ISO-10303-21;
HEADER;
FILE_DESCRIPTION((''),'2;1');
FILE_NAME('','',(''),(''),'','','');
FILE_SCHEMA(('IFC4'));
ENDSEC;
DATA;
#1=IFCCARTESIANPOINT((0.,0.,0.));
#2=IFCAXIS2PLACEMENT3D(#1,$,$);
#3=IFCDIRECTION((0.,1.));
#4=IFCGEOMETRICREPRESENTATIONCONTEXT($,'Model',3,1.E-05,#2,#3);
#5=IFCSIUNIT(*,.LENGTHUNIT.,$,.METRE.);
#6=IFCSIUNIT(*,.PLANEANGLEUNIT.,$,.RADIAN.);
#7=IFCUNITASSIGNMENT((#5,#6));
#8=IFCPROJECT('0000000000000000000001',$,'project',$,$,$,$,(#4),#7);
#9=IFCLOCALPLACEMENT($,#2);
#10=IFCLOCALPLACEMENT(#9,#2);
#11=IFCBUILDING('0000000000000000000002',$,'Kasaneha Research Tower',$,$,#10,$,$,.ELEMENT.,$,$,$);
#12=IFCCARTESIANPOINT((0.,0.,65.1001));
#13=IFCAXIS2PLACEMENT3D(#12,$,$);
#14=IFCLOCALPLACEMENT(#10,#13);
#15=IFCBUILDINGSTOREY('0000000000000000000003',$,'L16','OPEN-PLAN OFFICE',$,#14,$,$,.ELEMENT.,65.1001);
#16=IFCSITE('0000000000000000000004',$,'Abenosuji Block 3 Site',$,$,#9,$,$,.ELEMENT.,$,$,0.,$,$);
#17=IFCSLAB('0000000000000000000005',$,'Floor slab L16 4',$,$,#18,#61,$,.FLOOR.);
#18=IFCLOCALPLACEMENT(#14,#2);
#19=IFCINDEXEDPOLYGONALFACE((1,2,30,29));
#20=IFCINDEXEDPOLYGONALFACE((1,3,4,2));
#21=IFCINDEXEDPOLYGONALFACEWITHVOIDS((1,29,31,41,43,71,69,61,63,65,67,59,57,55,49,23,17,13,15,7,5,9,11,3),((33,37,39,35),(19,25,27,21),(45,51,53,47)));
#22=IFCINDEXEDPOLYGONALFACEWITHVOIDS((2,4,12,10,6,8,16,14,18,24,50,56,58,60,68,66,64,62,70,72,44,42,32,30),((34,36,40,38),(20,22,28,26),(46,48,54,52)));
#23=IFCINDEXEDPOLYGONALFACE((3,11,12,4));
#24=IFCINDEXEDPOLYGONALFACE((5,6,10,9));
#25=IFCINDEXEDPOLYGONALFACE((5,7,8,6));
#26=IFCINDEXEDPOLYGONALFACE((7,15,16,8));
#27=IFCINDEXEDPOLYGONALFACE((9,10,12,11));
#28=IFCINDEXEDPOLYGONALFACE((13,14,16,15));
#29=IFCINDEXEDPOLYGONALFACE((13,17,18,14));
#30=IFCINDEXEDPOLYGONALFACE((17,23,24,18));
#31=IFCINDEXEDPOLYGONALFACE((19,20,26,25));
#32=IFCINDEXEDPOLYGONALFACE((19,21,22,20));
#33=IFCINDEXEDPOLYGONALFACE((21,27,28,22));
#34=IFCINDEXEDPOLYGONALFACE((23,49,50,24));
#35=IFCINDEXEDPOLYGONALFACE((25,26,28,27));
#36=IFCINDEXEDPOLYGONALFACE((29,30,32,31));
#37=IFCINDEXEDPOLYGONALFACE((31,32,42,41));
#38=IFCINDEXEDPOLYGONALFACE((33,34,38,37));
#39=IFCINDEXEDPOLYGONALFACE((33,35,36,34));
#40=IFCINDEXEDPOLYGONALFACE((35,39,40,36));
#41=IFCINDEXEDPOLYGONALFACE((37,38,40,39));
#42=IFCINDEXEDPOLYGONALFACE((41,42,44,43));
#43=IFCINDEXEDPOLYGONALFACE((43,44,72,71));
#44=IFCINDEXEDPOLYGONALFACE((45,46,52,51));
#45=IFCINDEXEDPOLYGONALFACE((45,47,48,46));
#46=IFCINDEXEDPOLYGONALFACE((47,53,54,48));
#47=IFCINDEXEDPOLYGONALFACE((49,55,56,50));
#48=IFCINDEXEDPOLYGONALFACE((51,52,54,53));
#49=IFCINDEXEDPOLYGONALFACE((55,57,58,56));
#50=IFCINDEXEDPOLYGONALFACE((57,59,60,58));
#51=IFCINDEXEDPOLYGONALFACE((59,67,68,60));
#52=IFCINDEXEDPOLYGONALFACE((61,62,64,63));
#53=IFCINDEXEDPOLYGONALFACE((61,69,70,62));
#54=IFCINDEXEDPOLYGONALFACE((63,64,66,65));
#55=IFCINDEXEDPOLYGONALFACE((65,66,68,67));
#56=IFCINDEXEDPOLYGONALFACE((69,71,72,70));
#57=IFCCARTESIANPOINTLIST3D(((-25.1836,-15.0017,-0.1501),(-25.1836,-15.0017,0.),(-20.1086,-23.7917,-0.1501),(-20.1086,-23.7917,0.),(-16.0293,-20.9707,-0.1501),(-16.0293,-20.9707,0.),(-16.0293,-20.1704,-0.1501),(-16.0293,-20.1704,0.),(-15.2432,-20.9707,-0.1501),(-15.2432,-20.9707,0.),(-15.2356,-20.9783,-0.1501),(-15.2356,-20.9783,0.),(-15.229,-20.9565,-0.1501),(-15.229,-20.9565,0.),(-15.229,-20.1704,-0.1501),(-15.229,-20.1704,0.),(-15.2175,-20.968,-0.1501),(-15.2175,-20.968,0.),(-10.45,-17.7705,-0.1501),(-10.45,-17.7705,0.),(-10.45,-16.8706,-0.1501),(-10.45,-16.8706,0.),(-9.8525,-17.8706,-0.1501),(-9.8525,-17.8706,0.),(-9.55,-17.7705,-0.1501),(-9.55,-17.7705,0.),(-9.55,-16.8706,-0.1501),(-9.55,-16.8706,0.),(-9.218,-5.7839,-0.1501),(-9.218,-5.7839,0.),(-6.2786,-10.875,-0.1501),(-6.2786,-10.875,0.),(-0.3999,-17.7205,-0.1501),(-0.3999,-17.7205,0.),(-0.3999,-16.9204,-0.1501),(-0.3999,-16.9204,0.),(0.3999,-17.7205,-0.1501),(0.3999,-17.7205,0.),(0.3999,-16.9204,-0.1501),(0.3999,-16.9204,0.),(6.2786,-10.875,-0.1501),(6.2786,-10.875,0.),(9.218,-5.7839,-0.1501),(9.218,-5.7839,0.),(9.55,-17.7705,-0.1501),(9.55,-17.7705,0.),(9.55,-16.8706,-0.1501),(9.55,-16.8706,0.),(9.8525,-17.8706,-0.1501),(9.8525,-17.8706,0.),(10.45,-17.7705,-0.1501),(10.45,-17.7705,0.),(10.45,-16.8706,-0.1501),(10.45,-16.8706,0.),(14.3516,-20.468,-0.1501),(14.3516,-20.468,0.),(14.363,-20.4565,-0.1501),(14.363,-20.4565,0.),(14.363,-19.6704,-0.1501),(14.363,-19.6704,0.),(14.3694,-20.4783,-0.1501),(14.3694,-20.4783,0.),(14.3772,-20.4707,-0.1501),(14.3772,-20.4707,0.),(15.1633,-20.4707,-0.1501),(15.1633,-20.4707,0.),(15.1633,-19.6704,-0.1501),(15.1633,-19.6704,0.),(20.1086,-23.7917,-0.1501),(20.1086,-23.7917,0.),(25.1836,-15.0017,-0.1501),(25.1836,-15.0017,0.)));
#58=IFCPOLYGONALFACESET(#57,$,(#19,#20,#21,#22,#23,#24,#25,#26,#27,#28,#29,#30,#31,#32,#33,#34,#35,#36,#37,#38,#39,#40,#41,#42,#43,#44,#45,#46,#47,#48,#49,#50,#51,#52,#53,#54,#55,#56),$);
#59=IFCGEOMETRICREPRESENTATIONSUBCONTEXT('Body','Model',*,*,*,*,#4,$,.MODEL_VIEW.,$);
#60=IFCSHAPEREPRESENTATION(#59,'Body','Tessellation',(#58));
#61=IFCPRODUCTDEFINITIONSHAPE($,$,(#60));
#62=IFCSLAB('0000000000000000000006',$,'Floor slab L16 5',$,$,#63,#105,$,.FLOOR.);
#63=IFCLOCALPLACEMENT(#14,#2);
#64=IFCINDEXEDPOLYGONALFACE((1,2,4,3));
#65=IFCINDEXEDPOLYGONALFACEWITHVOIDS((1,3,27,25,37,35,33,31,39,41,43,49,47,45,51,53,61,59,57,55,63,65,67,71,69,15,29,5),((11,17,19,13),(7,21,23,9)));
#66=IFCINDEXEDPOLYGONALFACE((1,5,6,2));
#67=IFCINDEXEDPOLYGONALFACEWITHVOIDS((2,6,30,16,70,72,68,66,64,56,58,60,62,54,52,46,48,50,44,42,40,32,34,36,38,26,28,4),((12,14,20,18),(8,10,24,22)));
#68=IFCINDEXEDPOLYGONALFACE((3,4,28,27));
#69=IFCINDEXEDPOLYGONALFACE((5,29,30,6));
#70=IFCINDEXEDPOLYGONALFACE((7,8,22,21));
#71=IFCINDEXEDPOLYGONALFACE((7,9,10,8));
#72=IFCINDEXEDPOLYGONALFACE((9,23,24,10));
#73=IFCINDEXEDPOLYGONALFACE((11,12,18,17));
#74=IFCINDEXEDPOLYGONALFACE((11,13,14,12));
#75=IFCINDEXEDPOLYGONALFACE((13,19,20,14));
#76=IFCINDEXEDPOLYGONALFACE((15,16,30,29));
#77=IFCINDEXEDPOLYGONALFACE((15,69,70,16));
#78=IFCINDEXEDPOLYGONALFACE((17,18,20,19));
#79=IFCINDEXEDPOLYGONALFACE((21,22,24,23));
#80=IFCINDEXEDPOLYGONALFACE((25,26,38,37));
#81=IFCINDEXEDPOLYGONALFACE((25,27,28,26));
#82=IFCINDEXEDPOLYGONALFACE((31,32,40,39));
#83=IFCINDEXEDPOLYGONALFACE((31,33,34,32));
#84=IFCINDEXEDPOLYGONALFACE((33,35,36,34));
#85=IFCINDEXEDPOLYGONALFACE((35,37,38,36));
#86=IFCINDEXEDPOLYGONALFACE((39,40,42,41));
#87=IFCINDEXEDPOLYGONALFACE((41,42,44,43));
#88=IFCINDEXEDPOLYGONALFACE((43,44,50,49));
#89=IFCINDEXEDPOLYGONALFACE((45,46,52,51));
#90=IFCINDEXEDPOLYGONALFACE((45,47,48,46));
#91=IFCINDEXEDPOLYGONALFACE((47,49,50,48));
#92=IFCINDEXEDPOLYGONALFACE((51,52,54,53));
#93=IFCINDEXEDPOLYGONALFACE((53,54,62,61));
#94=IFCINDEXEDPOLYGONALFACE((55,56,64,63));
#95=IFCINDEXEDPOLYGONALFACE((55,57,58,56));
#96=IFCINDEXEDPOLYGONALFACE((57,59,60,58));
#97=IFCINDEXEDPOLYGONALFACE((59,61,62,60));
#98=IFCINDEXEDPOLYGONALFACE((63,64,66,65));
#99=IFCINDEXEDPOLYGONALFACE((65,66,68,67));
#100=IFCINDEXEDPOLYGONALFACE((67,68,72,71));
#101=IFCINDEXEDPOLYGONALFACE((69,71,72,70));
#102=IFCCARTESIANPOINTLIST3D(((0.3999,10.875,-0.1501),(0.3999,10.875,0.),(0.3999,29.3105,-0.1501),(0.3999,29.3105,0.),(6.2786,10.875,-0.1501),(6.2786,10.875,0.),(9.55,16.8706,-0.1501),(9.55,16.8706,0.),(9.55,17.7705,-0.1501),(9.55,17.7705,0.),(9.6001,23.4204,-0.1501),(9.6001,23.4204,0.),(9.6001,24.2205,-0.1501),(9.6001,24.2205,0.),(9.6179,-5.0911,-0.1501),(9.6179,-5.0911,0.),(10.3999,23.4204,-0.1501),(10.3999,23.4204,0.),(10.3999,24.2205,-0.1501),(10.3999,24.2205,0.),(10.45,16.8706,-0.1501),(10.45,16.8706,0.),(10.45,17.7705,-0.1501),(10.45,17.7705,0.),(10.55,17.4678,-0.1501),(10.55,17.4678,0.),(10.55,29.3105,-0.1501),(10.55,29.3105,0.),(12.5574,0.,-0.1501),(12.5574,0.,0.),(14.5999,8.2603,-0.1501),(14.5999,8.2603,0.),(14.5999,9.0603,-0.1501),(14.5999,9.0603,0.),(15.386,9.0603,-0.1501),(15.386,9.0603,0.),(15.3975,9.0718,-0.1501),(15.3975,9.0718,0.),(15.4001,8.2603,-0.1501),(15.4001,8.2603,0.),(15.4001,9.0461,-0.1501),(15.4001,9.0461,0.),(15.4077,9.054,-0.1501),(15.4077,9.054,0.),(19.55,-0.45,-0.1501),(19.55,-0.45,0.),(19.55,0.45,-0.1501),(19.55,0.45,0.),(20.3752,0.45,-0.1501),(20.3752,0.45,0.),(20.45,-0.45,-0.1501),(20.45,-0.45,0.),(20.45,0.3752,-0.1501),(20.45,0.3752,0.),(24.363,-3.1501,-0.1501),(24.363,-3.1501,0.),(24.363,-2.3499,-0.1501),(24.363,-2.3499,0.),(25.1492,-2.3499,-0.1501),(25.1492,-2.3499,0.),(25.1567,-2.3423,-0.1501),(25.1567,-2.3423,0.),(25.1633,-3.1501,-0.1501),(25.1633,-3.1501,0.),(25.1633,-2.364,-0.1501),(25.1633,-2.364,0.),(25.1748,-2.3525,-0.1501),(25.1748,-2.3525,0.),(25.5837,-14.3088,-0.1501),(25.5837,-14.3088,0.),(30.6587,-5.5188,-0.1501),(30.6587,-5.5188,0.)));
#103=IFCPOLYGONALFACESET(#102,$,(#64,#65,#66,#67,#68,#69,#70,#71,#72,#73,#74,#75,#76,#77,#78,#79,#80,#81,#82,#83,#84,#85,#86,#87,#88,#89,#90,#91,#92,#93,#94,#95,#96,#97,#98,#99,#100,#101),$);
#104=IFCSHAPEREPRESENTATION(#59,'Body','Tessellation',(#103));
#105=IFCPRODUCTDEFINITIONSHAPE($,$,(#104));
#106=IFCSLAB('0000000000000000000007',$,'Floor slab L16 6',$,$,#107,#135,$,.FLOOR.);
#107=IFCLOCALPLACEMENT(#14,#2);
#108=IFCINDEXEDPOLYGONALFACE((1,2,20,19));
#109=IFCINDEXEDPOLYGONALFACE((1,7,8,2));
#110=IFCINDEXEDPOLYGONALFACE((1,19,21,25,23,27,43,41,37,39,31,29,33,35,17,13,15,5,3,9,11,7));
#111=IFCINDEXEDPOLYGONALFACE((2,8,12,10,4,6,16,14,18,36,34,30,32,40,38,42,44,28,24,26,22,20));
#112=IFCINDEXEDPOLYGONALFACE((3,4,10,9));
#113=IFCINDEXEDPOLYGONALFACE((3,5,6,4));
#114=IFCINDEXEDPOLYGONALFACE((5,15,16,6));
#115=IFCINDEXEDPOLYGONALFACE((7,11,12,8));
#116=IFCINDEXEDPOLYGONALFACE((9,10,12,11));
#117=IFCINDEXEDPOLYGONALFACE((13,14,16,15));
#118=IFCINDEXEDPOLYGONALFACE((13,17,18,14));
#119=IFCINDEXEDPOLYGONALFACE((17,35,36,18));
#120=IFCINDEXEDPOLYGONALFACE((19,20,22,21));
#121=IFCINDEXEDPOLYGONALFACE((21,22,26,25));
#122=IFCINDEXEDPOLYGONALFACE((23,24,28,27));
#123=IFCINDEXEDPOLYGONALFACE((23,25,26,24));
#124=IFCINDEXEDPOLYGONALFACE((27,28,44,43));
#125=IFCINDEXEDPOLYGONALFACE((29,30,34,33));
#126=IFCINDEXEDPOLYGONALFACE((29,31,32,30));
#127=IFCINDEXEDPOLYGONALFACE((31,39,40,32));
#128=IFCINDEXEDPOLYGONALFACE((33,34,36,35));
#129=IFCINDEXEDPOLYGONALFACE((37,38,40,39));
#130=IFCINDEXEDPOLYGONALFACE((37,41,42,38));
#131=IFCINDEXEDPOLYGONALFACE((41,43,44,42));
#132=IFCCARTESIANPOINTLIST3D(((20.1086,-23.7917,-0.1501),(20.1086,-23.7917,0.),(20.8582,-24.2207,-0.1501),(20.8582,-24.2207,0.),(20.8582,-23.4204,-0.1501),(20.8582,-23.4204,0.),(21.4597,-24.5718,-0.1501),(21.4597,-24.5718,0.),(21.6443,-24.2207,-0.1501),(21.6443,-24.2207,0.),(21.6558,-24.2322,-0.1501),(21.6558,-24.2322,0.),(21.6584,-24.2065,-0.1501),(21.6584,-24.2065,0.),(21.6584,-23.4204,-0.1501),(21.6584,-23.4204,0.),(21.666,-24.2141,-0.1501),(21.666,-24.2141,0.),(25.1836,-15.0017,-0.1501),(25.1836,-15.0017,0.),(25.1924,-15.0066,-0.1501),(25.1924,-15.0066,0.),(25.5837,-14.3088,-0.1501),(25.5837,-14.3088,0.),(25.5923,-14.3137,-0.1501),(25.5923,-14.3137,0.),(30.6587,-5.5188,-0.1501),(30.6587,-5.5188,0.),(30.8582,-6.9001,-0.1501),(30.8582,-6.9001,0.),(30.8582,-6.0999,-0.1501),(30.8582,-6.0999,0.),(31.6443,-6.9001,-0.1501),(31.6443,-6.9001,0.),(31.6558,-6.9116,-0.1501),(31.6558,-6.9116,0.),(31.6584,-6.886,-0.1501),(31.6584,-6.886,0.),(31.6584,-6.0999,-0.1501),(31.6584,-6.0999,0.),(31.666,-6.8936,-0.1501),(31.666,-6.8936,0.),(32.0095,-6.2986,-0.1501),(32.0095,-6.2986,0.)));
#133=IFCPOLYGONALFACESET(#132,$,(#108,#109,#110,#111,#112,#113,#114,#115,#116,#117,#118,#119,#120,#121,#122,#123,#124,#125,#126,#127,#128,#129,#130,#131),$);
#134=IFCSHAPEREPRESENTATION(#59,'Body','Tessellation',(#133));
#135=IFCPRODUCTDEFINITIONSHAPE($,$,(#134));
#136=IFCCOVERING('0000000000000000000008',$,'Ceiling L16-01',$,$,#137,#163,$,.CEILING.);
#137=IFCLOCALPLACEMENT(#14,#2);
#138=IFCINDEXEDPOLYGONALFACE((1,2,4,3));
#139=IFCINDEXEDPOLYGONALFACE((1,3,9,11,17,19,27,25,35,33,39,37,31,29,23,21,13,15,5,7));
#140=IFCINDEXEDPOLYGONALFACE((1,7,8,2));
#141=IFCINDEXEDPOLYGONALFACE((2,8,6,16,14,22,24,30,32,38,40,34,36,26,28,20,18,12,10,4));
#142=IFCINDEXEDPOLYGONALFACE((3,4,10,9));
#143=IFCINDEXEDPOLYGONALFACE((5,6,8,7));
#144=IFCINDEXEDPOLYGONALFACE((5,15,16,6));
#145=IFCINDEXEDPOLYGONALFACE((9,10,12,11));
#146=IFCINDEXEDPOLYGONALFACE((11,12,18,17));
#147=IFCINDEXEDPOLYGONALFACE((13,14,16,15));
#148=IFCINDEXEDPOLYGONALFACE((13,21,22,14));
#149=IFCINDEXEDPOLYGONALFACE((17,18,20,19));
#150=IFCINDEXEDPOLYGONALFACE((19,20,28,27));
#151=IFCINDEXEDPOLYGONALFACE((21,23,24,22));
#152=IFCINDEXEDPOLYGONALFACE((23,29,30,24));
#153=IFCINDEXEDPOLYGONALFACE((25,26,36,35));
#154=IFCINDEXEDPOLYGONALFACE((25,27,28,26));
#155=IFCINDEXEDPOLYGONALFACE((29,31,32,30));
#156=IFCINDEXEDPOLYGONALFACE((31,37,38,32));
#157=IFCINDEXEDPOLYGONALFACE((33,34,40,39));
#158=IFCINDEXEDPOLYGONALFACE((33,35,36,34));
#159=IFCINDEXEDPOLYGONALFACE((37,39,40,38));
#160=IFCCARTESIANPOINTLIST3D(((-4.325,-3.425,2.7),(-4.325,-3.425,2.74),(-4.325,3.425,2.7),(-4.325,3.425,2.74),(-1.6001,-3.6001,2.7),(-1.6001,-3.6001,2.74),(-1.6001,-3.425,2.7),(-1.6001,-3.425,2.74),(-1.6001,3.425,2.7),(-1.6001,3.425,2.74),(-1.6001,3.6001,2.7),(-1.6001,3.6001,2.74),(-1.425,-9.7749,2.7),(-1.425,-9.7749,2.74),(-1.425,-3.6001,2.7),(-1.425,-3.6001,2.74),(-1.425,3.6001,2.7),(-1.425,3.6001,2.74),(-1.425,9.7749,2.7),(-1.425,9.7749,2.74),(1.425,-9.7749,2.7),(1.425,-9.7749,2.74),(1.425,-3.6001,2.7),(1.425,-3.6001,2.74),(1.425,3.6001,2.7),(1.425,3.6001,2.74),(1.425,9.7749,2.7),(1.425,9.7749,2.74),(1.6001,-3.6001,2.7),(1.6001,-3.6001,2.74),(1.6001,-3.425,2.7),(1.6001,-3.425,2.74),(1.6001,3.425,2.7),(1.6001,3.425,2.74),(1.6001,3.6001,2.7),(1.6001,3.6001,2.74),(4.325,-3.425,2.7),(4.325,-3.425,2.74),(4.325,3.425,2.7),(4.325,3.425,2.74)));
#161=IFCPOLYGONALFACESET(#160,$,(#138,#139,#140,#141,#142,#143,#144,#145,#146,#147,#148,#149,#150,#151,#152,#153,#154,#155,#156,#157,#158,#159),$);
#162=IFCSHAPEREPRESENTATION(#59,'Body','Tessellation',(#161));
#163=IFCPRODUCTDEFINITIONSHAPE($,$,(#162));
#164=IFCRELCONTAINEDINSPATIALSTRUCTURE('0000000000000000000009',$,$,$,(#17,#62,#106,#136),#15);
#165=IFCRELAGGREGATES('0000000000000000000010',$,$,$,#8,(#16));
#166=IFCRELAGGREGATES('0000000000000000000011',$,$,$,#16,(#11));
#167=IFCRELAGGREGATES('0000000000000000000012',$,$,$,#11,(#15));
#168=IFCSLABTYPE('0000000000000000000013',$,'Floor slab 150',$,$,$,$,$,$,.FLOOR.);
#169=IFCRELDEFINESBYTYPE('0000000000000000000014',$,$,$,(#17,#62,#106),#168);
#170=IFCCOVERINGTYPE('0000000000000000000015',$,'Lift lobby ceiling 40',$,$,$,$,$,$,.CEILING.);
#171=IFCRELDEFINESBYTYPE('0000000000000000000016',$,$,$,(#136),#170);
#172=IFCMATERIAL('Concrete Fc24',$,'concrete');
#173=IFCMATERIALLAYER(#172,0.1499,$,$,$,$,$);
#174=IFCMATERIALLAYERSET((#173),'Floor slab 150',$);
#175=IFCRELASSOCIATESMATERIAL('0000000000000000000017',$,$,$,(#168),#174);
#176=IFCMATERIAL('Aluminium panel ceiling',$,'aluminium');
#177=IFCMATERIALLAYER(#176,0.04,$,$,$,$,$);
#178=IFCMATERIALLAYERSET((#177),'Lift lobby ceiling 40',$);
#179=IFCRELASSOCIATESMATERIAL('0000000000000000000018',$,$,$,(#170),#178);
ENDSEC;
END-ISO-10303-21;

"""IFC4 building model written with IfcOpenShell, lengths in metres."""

from ifc_helpers import new_model, si_unit, direction, frame, origin, place, context, subcontext, project, spatial, polyline, outline, extrude, material, layer, layer_set, type_object, element, save


model = new_model("IFC4")

# Units and contexts
model_context = context("Model", 3, precision=1e-05, world=origin(), true_north=direction((0.0, 1.0)))
body_context = subcontext(model_context, "Body", "Model", "MODEL_VIEW")
ifc_project = project(units=[si_unit("LENGTHUNIT", "METRE"), si_unit("PLANEANGLEUNIT", "RADIAN")], contexts=[model_context])

# Site, building, storey
site_placement = place(None, origin())
site = spatial("IfcSite", under=ifc_project, at=site_placement, Name="Abenosuji Block 3 Site", CompositionType="ELEMENT", RefElevation=0.0)
building_placement = place(site_placement, origin())
building = spatial("IfcBuilding", under=site, at=building_placement, Name="Kasaneha Research Tower", CompositionType="ELEMENT")
storey_placement = place(building_placement, frame((0.0, 0.0, 65.1001)))
storey = spatial("IfcBuildingStorey", under=building, at=storey_placement, Name="L16", Description="OPEN-PLAN OFFICE", CompositionType="ELEMENT", Elevation=65.1001)

# Slabs
ifc_material_1 = material(Name="Concrete Fc24", Category="concrete")
ifc_layer_1 = layer(ifc_material_1, 0.1499)
ifc_layer_set_1 = layer_set([ifc_layer_1], Name="Floor slab 150")
slab_type_1 = type_object("IfcSlabType", Name="Floor slab 150", PredefinedType="FLOOR", material=ifc_layer_set_1)
slab_1_placement = place(storey_placement, frame((0.0, 0.0, -0.1501)))
element("IfcSlab", 1, at=slab_1_placement, inside=storey, type_object=slab_type_1, Name="Floor slab L16 4", PredefinedType="FLOOR", context=body_context, shape_type="SweptSolid", body=[
    extrude(outline(polyline([(-6.2786, -10.875), (6.2786, -10.875), (9.218, -5.7839), (25.1836, -15.0017), (20.1086, -23.7917), (14.3694, -20.4783), (14.3772, -20.4707), (15.1633, -20.4707), (15.1633, -19.6704), (14.363, -19.6704), (14.363, -20.4565), (14.3516, -20.468), (9.8525, -17.8706), (-9.8525, -17.8706), (-15.2175, -20.968), (-15.229, -20.9565), (-15.229, -20.1704), (-16.0293, -20.1704), (-16.0293, -20.9707), (-15.2432, -20.9707), (-15.2356, -20.9783), (-20.1086, -23.7917), (-25.1836, -15.0017), (-9.218, -5.7839), (-6.2786, -10.875)]), holes=[polyline([(0.3999, -17.7205), (0.3999, -16.9204), (-0.3999, -16.9204), (-0.3999, -17.7205), (0.3999, -17.7205)]), polyline([(-9.55, -16.8706), (-10.45, -16.8706), (-10.45, -17.7705), (-9.55, -17.7705), (-9.55, -16.8706)]), polyline([(10.45, -16.8706), (9.55, -16.8706), (9.55, -17.7705), (10.45, -17.7705), (10.45, -16.8706)])]), origin(), (0.0, 0.0, 1.0), 0.1501),
])
slab_2_placement = place(storey_placement, frame((0.0, 0.0, -0.1501)))
element("IfcSlab", 2, at=slab_2_placement, inside=storey, type_object=slab_type_1, Name="Floor slab L16 5", PredefinedType="FLOOR", context=body_context, shape_type="SweptSolid", body=[
    extrude(outline(polyline([(9.6179, -5.0911), (12.5574, 0.0), (6.2786, 10.875), (0.3999, 10.875), (0.3999, 29.3105), (10.55, 29.3105), (10.55, 17.4678), (15.3975, 9.0718), (15.386, 9.0603), (14.5999, 9.0603), (14.5999, 8.2603), (15.4001, 8.2603), (15.4001, 9.0461), (15.4077, 9.054), (20.3752, 0.45), (19.55, 0.45), (19.55, -0.45), (20.45, -0.45), (20.45, 0.3752), (25.1567, -2.3423), (25.1492, -2.3499), (24.363, -2.3499), (24.363, -3.1501), (25.1633, -3.1501), (25.1633, -2.364), (25.1748, -2.3525), (30.6587, -5.5188), (25.5837, -14.3088), (9.6179, -5.0911)]), holes=[polyline([(10.45, 16.8706), (10.45, 17.7705), (9.55, 17.7705), (9.55, 16.8706), (10.45, 16.8706)]), polyline([(10.3999, 23.4204), (10.3999, 24.2205), (9.6001, 24.2205), (9.6001, 23.4204), (10.3999, 23.4204)])]), origin(), (0.0, 0.0, 1.0), 0.1501),
])
slab_3_placement = place(storey_placement, frame((0.0, 0.0, -0.1501)))
element("IfcSlab", 3, at=slab_3_placement, inside=storey, type_object=slab_type_1, Name="Floor slab L16 6", PredefinedType="FLOOR", context=body_context, shape_type="SweptSolid", body=[
    extrude(outline(polyline([(25.1924, -15.0066), (25.5923, -14.3137), (25.5837, -14.3088), (30.6587, -5.5188), (32.0095, -6.2986), (31.666, -6.8936), (31.6584, -6.886), (31.6584, -6.0999), (30.8582, -6.0999), (30.8582, -6.9001), (31.6443, -6.9001), (31.6558, -6.9116), (21.666, -24.2141), (21.6584, -24.2065), (21.6584, -23.4204), (20.8582, -23.4204), (20.8582, -24.2207), (21.6443, -24.2207), (21.6558, -24.2322), (21.4597, -24.5718), (20.1086, -23.7917), (25.1836, -15.0017), (25.1924, -15.0066)])), origin(), (0.0, 0.0, 1.0), 0.1501),
])

# Covering
ifc_material_2 = material(Name="Aluminium panel ceiling", Category="aluminium")
ifc_layer_2 = layer(ifc_material_2, 0.04)
ifc_layer_set_2 = layer_set([ifc_layer_2], Name="Lift lobby ceiling 40")
covering_type_1 = type_object("IfcCoveringType", Name="Lift lobby ceiling 40", PredefinedType="CEILING", material=ifc_layer_set_2)
covering_1_placement = place(storey_placement, frame((0.0, 0.0, 2.7)))
element("IfcCovering", 4, at=covering_1_placement, inside=storey, type_object=covering_type_1, Name="Ceiling L16-01", PredefinedType="CEILING", context=body_context, shape_type="SweptSolid", body=[
    extrude(outline(polyline([(1.425, 9.7749), (1.425, 3.6001), (1.6001, 3.6001), (1.6001, 3.425), (4.325, 3.425), (4.325, -3.425), (1.6001, -3.425), (1.6001, -3.6001), (1.425, -3.6001), (1.425, -9.7749), (-1.425, -9.7749), (-1.425, -3.6001), (-1.6001, -3.6001), (-1.6001, -3.425), (-4.325, -3.425), (-4.325, 3.425), (-1.6001, 3.425), (-1.6001, 3.6001), (-1.425, 3.6001), (-1.425, 9.7749), (1.425, 9.7749)])), origin(), (0.0, 0.0, 1.0), 0.04),
])

save(model, "model.ifc")
